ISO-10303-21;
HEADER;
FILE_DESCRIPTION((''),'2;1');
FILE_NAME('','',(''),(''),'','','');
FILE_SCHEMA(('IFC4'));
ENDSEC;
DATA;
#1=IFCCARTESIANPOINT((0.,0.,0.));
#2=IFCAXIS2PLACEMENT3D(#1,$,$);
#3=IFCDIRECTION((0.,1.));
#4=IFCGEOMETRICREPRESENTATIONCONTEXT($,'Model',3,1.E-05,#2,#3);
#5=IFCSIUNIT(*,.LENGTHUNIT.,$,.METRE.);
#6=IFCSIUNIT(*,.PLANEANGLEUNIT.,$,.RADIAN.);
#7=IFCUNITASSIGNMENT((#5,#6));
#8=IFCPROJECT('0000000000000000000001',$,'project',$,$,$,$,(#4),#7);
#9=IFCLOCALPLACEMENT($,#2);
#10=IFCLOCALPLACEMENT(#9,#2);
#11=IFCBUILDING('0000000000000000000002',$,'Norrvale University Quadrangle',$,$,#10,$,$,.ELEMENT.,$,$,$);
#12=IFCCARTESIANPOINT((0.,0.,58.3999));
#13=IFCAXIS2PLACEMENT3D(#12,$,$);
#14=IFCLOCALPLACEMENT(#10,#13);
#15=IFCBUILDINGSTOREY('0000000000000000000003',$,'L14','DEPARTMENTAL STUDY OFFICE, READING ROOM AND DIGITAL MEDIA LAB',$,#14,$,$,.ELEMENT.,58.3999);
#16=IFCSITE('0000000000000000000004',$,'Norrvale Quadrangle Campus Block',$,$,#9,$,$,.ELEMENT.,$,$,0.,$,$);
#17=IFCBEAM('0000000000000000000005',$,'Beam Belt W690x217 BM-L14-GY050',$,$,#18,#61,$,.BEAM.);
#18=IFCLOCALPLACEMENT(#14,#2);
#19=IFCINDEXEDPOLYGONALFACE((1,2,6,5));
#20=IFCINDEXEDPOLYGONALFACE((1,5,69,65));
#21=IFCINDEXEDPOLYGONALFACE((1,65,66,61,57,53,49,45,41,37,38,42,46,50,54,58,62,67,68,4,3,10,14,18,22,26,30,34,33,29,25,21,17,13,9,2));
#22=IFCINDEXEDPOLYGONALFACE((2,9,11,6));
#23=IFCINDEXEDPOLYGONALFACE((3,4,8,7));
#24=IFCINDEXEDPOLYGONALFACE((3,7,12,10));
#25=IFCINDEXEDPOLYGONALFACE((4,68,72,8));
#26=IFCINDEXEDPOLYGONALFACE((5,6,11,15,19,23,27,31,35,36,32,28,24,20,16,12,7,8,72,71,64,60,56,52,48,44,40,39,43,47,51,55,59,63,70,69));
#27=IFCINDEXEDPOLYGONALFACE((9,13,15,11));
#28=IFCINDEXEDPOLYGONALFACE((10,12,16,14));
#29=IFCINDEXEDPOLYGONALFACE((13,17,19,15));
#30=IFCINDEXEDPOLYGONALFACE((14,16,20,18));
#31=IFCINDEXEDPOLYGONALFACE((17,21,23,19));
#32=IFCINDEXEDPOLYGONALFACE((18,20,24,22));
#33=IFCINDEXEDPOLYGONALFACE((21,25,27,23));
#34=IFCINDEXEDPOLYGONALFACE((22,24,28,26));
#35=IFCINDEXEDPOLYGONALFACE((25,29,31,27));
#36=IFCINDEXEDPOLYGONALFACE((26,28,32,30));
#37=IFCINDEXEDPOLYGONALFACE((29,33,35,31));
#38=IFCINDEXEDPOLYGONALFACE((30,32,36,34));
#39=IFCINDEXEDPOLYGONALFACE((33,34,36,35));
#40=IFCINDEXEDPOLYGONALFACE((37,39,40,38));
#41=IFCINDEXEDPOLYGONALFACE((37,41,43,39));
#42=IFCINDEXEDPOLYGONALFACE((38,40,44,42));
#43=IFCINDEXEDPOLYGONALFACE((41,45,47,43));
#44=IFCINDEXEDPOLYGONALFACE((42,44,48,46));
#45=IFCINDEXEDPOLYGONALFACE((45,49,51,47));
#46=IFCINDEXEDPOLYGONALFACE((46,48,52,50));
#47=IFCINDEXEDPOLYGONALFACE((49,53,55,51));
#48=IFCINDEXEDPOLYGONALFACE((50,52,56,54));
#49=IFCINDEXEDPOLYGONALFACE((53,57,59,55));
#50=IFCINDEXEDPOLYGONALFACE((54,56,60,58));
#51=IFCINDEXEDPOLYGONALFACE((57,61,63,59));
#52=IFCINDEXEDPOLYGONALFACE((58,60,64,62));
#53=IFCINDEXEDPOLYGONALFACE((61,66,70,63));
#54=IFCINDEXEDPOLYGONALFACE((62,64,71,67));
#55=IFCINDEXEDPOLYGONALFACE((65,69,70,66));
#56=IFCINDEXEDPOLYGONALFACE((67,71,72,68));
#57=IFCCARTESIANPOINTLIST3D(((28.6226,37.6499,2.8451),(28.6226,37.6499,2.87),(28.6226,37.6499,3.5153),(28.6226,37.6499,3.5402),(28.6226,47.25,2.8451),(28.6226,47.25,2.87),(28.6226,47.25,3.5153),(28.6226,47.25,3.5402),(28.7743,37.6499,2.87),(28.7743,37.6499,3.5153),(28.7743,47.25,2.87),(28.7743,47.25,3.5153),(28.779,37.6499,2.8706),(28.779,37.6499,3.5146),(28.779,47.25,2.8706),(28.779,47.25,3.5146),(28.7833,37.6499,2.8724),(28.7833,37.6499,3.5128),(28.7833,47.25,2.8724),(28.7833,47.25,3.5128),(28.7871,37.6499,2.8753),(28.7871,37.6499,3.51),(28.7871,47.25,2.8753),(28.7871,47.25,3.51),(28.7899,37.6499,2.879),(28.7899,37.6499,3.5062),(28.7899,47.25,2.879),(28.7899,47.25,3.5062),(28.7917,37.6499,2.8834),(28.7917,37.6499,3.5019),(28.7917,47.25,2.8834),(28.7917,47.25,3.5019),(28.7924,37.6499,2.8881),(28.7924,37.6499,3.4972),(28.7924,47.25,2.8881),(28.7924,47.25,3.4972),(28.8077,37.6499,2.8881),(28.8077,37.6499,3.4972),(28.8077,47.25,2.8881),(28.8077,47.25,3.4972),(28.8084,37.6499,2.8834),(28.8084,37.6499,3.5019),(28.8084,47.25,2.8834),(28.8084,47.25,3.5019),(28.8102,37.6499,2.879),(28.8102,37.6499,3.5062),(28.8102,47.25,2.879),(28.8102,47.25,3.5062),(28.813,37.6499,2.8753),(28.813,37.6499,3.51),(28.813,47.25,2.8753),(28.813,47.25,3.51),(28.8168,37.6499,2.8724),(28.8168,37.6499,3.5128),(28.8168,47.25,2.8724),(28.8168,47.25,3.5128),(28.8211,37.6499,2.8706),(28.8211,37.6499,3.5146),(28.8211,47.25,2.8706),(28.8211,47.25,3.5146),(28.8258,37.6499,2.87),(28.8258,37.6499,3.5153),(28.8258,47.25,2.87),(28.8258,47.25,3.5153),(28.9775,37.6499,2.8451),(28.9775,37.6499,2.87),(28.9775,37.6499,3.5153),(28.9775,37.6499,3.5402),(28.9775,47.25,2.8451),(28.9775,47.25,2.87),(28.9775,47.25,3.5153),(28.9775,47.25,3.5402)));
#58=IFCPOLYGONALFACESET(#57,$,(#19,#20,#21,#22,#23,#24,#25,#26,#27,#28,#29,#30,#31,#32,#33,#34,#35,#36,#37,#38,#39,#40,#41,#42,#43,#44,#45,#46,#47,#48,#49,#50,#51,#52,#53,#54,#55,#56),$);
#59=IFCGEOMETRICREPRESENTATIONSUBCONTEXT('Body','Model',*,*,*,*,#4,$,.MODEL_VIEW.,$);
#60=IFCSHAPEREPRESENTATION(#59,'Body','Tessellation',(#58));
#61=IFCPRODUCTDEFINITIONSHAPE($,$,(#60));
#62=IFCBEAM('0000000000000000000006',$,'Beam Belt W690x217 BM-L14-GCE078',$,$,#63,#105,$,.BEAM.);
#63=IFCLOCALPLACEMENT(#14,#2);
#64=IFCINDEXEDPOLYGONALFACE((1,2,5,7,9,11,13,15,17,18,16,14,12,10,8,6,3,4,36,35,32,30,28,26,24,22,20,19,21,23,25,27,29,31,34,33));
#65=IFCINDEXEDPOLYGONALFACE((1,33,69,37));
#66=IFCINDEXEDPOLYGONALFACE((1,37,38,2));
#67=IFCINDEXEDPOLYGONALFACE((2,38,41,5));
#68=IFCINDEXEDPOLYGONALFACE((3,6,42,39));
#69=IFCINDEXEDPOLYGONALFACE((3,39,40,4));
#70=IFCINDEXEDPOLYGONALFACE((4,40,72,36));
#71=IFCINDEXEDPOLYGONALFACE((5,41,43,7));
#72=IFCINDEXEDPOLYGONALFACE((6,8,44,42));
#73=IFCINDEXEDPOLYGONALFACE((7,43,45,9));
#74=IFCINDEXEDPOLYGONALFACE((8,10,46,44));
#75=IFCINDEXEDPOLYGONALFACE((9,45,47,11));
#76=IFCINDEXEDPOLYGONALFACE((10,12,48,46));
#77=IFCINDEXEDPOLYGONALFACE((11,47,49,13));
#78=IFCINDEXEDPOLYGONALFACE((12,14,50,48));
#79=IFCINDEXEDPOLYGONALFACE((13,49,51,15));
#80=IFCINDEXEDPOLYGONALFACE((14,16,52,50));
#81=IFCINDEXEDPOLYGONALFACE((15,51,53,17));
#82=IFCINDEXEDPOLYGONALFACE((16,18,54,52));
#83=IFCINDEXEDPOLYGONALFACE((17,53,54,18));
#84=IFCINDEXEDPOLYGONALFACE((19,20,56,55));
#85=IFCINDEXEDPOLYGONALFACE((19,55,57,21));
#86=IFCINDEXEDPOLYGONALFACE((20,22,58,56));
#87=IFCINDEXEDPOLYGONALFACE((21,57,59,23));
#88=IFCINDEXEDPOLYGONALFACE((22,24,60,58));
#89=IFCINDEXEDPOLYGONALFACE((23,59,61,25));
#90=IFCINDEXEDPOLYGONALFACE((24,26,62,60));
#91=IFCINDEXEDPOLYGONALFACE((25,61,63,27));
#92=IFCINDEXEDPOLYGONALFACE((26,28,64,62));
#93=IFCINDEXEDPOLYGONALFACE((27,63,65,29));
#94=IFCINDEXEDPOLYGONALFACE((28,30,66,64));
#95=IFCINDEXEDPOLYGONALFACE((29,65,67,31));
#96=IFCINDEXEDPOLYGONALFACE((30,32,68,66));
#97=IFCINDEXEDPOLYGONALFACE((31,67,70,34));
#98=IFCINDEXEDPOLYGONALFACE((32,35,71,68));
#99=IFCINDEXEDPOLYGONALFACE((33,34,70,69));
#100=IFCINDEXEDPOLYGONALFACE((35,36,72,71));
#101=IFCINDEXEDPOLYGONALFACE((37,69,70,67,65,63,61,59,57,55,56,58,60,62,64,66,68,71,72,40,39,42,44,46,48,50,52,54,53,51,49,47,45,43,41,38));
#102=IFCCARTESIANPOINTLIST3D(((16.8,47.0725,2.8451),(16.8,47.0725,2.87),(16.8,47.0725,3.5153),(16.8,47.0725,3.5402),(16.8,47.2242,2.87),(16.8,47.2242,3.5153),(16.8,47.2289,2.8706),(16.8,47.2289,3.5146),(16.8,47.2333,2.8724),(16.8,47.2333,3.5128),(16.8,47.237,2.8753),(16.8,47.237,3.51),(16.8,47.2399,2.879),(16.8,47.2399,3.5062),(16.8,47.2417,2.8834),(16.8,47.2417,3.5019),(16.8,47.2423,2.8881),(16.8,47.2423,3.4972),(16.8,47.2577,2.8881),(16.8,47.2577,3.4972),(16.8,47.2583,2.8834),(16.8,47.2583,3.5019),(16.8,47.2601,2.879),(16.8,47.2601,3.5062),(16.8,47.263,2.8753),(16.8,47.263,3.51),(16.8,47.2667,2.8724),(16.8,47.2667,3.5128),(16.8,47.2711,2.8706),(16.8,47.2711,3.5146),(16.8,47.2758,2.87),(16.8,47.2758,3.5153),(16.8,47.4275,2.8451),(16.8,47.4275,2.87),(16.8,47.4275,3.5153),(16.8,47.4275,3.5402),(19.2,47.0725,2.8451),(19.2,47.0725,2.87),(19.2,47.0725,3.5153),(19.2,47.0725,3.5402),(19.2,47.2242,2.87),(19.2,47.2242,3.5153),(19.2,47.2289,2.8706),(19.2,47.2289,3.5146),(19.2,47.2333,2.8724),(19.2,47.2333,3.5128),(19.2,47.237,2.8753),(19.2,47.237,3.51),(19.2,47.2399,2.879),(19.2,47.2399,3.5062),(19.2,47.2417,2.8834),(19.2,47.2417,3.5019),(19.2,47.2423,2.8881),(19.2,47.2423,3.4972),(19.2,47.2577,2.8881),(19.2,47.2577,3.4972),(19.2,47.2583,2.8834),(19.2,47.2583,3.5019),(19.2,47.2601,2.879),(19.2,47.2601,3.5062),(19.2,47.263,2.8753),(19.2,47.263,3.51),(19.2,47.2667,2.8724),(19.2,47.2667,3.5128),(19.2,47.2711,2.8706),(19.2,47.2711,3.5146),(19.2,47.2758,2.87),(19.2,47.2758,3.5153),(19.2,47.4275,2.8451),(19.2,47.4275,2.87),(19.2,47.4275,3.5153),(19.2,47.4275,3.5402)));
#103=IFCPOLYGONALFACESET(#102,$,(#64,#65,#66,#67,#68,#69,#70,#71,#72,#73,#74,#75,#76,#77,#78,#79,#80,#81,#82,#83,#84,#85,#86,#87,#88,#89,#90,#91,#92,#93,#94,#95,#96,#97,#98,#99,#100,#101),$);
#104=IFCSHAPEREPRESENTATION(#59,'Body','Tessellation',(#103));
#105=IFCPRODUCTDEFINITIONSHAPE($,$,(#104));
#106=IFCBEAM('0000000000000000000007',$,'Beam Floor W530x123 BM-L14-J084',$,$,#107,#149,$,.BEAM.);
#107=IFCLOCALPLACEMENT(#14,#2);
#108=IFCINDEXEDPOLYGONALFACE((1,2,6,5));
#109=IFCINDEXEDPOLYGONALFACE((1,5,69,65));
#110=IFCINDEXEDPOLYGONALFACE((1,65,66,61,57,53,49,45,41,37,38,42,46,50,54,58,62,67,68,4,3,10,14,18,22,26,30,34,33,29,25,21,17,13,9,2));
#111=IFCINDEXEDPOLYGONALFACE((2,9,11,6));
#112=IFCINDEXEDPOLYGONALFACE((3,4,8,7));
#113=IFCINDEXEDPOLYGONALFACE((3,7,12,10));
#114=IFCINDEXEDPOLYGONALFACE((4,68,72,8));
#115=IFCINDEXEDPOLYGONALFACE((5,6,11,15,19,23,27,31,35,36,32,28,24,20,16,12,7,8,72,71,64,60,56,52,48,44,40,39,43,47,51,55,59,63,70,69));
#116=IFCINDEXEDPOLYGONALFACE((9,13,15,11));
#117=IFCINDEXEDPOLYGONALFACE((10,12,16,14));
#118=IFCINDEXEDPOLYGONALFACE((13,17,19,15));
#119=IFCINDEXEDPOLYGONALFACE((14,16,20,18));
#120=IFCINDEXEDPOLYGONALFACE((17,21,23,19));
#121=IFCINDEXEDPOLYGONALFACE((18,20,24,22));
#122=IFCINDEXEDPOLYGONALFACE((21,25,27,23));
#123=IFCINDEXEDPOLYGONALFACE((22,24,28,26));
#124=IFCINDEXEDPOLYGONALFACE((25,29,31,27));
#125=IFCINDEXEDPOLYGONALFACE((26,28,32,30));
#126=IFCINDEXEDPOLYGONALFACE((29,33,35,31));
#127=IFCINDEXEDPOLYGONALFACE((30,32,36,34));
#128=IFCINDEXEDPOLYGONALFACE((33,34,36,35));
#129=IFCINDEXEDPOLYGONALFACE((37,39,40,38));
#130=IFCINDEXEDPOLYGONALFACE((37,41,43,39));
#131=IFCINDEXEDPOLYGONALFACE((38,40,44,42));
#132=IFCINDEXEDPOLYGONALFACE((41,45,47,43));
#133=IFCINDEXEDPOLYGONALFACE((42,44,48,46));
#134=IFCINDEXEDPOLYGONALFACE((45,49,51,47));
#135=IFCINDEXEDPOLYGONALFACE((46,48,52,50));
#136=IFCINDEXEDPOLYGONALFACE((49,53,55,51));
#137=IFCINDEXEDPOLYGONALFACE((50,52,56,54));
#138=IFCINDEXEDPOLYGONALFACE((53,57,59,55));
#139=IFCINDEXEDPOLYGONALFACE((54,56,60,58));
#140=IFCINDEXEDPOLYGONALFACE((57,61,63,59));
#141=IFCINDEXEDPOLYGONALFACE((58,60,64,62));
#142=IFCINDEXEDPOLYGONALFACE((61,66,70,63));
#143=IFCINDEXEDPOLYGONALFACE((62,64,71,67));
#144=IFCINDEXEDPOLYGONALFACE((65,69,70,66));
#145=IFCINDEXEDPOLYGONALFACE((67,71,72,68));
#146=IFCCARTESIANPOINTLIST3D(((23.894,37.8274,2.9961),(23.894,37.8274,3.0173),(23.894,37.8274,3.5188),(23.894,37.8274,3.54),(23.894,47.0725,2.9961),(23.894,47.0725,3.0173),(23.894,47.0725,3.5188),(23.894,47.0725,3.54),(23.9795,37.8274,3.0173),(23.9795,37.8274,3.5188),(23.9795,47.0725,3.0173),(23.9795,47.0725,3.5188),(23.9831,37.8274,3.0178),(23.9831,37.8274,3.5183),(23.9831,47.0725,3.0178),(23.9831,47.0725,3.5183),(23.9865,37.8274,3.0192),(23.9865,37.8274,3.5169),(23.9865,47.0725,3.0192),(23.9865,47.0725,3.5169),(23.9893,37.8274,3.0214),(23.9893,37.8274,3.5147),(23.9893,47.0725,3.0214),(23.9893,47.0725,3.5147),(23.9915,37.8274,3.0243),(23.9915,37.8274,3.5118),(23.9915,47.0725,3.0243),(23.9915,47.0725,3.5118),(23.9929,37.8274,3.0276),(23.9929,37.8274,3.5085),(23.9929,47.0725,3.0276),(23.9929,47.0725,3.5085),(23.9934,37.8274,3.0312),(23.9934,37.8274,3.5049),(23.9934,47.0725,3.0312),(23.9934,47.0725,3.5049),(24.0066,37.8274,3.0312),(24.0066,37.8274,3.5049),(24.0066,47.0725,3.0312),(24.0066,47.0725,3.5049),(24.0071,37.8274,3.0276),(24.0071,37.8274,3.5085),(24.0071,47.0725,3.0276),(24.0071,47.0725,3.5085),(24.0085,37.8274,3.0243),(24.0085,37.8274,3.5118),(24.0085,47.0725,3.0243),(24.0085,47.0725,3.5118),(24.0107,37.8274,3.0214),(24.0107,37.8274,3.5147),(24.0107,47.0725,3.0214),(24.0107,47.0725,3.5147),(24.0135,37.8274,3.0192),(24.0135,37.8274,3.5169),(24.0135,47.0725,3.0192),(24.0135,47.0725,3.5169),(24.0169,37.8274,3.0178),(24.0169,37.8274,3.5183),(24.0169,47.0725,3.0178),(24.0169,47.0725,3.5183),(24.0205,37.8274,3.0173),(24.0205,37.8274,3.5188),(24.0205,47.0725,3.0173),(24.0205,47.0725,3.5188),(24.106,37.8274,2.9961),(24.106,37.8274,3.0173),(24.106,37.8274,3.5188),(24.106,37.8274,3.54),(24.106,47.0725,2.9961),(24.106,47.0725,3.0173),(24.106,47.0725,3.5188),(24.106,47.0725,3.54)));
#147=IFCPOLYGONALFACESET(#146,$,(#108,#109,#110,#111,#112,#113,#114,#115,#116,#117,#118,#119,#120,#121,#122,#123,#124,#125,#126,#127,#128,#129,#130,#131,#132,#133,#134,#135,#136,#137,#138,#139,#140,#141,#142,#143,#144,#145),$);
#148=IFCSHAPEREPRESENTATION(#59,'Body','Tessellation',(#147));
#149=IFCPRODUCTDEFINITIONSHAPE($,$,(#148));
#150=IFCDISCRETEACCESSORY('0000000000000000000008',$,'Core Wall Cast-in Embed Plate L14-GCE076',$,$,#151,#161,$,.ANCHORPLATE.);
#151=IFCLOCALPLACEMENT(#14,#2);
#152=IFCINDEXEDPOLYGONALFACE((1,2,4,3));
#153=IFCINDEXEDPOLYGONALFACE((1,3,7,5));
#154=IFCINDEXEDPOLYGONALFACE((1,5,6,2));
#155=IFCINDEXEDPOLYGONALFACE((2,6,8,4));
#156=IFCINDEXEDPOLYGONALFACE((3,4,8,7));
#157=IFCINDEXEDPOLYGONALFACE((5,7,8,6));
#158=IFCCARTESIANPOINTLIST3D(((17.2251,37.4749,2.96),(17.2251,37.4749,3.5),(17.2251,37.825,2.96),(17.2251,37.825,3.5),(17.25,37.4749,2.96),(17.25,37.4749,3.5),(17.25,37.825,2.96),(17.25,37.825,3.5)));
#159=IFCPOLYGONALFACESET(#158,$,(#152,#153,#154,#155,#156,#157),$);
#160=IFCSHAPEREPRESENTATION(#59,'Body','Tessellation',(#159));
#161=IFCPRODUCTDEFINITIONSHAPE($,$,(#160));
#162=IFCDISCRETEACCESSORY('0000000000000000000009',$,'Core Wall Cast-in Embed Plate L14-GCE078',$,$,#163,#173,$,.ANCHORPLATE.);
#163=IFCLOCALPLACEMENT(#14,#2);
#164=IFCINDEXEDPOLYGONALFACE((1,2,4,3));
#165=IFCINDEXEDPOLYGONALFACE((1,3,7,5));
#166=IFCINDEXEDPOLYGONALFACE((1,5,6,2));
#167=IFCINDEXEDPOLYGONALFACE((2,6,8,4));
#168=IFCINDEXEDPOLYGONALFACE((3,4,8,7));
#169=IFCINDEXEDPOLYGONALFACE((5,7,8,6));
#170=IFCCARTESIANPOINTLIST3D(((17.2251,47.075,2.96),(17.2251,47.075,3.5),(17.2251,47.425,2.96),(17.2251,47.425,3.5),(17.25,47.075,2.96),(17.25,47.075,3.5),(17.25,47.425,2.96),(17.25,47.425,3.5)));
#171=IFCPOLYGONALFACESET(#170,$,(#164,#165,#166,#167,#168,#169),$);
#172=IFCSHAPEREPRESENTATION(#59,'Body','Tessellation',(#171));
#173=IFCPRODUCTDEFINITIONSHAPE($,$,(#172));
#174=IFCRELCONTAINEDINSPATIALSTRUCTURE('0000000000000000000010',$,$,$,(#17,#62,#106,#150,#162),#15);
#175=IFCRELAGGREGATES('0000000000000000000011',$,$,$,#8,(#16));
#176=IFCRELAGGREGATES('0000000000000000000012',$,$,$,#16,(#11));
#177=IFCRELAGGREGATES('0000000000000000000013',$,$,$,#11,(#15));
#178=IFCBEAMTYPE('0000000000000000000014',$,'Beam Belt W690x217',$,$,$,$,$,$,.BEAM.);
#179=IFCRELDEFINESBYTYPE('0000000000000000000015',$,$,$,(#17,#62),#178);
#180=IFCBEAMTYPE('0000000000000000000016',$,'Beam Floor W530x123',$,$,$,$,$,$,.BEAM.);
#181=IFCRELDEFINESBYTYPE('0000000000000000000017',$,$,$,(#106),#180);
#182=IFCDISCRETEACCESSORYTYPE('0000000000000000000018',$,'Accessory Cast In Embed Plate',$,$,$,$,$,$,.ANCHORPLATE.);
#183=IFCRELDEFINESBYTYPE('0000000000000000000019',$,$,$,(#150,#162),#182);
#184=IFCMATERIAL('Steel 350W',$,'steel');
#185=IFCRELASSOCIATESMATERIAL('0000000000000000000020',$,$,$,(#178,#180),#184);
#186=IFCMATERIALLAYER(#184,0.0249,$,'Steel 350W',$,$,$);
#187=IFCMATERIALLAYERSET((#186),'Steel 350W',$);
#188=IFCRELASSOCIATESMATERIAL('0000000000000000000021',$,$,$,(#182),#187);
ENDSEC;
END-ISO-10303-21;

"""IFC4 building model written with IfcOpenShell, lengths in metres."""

from ifc_helpers import new_model, si_unit, direction, frame, origin, origin_2d, place, context, subcontext, project, spatial, rectangle, i_section, extrude, material, layer, layer_set, material_profile, profile_set, type_object, element, save


model = new_model("IFC4")

# Units and contexts
model_context = context("Model", 3, precision=1e-05, world=origin(), true_north=direction((0.0, 1.0)))
body_context = subcontext(model_context, "Body", "Model", "MODEL_VIEW")
ifc_project = project(units=[si_unit("LENGTHUNIT", "METRE"), si_unit("PLANEANGLEUNIT", "RADIAN")], contexts=[model_context])

# Site, building, storey
site_placement = place(None, origin())
site = spatial("IfcSite", under=ifc_project, at=site_placement, Name="Norrvale Quadrangle Campus Block", CompositionType="ELEMENT", RefElevation=0.0)
building_placement = place(site_placement, origin())
building = spatial("IfcBuilding", under=site, at=building_placement, Name="Norrvale University Quadrangle", CompositionType="ELEMENT")
storey_placement = place(building_placement, frame((0.0, 0.0, 58.3999)))
storey = spatial("IfcBuildingStorey", under=building, at=storey_placement, Name="L14", Description="DEPARTMENTAL STUDY OFFICE, READING ROOM AND DIGITAL MEDIA LAB", CompositionType="ELEMENT", Elevation=58.3999)

# Beams
ifc_material_1 = material(Name="Steel 350W", Category="steel")
ifc_material_profile_1 = material_profile(ifc_material_1, i_section(OverallWidth=0.355, OverallDepth=0.6951, WebThickness=0.0154, FlangeThickness=0.0249, FilletRadius=0.0181, at=origin_2d()), Name="Steel 350W")
ifc_profile_set_1 = profile_set([ifc_material_profile_1], Name="Steel 350W")
beam_type_1 = type_object("IfcBeamType", Name="Beam Belt W690x217", PredefinedType="BEAM", material=ifc_profile_set_1)
for number, where, z_axis, x_axis, name in (
    (1, (28.8, 37.6499, 3.1926), (0.0, 1.0, 0.0), (-1.0, 0.0, 0.0), "Beam Belt W690x217 BM-L14-GY050"),
):
    element("IfcBeam", number, at=place(storey_placement, frame(where, z_axis=z_axis, x_axis=x_axis)), inside=storey, type_object=beam_type_1, Name=name, PredefinedType="BEAM", context=body_context, shape_type="SweptSolid", body=[
        extrude(i_section(OverallWidth=0.355, OverallDepth=0.6951, WebThickness=0.0154, FlangeThickness=0.0249, FilletRadius=0.0181, at=origin_2d()), origin(), (0.0, 0.0, 1.0), 9.6001),
    ])
beam_1_placement = place(storey_placement, frame((16.8, 47.25, 3.1926), z_axis=(1.0, 0.0, 0.0), x_axis=(0.0, 1.0, 0.0)))
element("IfcBeam", 2, at=beam_1_placement, inside=storey, type_object=beam_type_1, Name="Beam Belt W690x217 BM-L14-GCE078", PredefinedType="BEAM", context=body_context, shape_type="SweptSolid", body=[
    extrude(i_section(OverallWidth=0.355, OverallDepth=0.6951, WebThickness=0.0154, FlangeThickness=0.0249, FilletRadius=0.0181, at=origin_2d()), origin(), (0.0, 0.0, 1.0), 2.3999),
])
ifc_material_profile_2 = material_profile(ifc_material_1, i_section(OverallWidth=0.2119, OverallDepth=0.5439, WebThickness=0.0132, FlangeThickness=0.0212, FilletRadius=0.0139, at=origin_2d()), Name="Steel 350W")
ifc_profile_set_2 = profile_set([ifc_material_profile_2], Name="Steel 350W")
beam_type_2 = type_object("IfcBeamType", Name="Beam Floor W530x123", PredefinedType="BEAM", material=ifc_profile_set_2)
beam_2_placement = place(storey_placement, frame((24.0, 37.8274, 3.2681), z_axis=(0.0, 1.0, 0.0), x_axis=(-1.0, 0.0, 0.0)))
element("IfcBeam", 3, at=beam_2_placement, inside=storey, type_object=beam_type_2, Name="Beam Floor W530x123 BM-L14-J084", PredefinedType="BEAM", context=body_context, shape_type="SweptSolid", body=[
    extrude(i_section(OverallWidth=0.2119, OverallDepth=0.5439, WebThickness=0.0132, FlangeThickness=0.0212, FilletRadius=0.0139, at=origin_2d()), origin(), (0.0, 0.0, 1.0), 9.2451),
])

# Discrete accessories
ifc_layer_1 = layer(ifc_material_1, 0.0249, Name="Steel 350W")
ifc_layer_set_1 = layer_set([ifc_layer_1], Name="Steel 350W")
discrete_accessory_type = type_object("IfcDiscreteAccessoryType", Name="Accessory Cast In Embed Plate", PredefinedType="ANCHORPLATE", material=ifc_layer_set_1)
for number, where, z_axis, x_axis, name in (
    (4, (17.2375, 37.6499, 2.96), (0.0, 0.0, 1.0), (1.0, 0.0, 0.0), "Core Wall Cast-in Embed Plate L14-GCE076"),
    (5, (17.2375, 47.25, 2.96), (0.0, 0.0, 1.0), (1.0, 0.0, 0.0), "Core Wall Cast-in Embed Plate L14-GCE078"),
):
    element("IfcDiscreteAccessory", number, at=place(storey_placement, frame(where, z_axis=z_axis, x_axis=x_axis)), inside=storey, type_object=discrete_accessory_type, Name=name, PredefinedType="ANCHORPLATE", context=body_context, shape_type="SweptSolid", body=[
        extrude(rectangle(XDim=0.0249, YDim=0.3501, at=origin_2d()), origin(), (0.0, 0.0, 1.0), 0.54),
    ])

save(model, "model.ifc")
